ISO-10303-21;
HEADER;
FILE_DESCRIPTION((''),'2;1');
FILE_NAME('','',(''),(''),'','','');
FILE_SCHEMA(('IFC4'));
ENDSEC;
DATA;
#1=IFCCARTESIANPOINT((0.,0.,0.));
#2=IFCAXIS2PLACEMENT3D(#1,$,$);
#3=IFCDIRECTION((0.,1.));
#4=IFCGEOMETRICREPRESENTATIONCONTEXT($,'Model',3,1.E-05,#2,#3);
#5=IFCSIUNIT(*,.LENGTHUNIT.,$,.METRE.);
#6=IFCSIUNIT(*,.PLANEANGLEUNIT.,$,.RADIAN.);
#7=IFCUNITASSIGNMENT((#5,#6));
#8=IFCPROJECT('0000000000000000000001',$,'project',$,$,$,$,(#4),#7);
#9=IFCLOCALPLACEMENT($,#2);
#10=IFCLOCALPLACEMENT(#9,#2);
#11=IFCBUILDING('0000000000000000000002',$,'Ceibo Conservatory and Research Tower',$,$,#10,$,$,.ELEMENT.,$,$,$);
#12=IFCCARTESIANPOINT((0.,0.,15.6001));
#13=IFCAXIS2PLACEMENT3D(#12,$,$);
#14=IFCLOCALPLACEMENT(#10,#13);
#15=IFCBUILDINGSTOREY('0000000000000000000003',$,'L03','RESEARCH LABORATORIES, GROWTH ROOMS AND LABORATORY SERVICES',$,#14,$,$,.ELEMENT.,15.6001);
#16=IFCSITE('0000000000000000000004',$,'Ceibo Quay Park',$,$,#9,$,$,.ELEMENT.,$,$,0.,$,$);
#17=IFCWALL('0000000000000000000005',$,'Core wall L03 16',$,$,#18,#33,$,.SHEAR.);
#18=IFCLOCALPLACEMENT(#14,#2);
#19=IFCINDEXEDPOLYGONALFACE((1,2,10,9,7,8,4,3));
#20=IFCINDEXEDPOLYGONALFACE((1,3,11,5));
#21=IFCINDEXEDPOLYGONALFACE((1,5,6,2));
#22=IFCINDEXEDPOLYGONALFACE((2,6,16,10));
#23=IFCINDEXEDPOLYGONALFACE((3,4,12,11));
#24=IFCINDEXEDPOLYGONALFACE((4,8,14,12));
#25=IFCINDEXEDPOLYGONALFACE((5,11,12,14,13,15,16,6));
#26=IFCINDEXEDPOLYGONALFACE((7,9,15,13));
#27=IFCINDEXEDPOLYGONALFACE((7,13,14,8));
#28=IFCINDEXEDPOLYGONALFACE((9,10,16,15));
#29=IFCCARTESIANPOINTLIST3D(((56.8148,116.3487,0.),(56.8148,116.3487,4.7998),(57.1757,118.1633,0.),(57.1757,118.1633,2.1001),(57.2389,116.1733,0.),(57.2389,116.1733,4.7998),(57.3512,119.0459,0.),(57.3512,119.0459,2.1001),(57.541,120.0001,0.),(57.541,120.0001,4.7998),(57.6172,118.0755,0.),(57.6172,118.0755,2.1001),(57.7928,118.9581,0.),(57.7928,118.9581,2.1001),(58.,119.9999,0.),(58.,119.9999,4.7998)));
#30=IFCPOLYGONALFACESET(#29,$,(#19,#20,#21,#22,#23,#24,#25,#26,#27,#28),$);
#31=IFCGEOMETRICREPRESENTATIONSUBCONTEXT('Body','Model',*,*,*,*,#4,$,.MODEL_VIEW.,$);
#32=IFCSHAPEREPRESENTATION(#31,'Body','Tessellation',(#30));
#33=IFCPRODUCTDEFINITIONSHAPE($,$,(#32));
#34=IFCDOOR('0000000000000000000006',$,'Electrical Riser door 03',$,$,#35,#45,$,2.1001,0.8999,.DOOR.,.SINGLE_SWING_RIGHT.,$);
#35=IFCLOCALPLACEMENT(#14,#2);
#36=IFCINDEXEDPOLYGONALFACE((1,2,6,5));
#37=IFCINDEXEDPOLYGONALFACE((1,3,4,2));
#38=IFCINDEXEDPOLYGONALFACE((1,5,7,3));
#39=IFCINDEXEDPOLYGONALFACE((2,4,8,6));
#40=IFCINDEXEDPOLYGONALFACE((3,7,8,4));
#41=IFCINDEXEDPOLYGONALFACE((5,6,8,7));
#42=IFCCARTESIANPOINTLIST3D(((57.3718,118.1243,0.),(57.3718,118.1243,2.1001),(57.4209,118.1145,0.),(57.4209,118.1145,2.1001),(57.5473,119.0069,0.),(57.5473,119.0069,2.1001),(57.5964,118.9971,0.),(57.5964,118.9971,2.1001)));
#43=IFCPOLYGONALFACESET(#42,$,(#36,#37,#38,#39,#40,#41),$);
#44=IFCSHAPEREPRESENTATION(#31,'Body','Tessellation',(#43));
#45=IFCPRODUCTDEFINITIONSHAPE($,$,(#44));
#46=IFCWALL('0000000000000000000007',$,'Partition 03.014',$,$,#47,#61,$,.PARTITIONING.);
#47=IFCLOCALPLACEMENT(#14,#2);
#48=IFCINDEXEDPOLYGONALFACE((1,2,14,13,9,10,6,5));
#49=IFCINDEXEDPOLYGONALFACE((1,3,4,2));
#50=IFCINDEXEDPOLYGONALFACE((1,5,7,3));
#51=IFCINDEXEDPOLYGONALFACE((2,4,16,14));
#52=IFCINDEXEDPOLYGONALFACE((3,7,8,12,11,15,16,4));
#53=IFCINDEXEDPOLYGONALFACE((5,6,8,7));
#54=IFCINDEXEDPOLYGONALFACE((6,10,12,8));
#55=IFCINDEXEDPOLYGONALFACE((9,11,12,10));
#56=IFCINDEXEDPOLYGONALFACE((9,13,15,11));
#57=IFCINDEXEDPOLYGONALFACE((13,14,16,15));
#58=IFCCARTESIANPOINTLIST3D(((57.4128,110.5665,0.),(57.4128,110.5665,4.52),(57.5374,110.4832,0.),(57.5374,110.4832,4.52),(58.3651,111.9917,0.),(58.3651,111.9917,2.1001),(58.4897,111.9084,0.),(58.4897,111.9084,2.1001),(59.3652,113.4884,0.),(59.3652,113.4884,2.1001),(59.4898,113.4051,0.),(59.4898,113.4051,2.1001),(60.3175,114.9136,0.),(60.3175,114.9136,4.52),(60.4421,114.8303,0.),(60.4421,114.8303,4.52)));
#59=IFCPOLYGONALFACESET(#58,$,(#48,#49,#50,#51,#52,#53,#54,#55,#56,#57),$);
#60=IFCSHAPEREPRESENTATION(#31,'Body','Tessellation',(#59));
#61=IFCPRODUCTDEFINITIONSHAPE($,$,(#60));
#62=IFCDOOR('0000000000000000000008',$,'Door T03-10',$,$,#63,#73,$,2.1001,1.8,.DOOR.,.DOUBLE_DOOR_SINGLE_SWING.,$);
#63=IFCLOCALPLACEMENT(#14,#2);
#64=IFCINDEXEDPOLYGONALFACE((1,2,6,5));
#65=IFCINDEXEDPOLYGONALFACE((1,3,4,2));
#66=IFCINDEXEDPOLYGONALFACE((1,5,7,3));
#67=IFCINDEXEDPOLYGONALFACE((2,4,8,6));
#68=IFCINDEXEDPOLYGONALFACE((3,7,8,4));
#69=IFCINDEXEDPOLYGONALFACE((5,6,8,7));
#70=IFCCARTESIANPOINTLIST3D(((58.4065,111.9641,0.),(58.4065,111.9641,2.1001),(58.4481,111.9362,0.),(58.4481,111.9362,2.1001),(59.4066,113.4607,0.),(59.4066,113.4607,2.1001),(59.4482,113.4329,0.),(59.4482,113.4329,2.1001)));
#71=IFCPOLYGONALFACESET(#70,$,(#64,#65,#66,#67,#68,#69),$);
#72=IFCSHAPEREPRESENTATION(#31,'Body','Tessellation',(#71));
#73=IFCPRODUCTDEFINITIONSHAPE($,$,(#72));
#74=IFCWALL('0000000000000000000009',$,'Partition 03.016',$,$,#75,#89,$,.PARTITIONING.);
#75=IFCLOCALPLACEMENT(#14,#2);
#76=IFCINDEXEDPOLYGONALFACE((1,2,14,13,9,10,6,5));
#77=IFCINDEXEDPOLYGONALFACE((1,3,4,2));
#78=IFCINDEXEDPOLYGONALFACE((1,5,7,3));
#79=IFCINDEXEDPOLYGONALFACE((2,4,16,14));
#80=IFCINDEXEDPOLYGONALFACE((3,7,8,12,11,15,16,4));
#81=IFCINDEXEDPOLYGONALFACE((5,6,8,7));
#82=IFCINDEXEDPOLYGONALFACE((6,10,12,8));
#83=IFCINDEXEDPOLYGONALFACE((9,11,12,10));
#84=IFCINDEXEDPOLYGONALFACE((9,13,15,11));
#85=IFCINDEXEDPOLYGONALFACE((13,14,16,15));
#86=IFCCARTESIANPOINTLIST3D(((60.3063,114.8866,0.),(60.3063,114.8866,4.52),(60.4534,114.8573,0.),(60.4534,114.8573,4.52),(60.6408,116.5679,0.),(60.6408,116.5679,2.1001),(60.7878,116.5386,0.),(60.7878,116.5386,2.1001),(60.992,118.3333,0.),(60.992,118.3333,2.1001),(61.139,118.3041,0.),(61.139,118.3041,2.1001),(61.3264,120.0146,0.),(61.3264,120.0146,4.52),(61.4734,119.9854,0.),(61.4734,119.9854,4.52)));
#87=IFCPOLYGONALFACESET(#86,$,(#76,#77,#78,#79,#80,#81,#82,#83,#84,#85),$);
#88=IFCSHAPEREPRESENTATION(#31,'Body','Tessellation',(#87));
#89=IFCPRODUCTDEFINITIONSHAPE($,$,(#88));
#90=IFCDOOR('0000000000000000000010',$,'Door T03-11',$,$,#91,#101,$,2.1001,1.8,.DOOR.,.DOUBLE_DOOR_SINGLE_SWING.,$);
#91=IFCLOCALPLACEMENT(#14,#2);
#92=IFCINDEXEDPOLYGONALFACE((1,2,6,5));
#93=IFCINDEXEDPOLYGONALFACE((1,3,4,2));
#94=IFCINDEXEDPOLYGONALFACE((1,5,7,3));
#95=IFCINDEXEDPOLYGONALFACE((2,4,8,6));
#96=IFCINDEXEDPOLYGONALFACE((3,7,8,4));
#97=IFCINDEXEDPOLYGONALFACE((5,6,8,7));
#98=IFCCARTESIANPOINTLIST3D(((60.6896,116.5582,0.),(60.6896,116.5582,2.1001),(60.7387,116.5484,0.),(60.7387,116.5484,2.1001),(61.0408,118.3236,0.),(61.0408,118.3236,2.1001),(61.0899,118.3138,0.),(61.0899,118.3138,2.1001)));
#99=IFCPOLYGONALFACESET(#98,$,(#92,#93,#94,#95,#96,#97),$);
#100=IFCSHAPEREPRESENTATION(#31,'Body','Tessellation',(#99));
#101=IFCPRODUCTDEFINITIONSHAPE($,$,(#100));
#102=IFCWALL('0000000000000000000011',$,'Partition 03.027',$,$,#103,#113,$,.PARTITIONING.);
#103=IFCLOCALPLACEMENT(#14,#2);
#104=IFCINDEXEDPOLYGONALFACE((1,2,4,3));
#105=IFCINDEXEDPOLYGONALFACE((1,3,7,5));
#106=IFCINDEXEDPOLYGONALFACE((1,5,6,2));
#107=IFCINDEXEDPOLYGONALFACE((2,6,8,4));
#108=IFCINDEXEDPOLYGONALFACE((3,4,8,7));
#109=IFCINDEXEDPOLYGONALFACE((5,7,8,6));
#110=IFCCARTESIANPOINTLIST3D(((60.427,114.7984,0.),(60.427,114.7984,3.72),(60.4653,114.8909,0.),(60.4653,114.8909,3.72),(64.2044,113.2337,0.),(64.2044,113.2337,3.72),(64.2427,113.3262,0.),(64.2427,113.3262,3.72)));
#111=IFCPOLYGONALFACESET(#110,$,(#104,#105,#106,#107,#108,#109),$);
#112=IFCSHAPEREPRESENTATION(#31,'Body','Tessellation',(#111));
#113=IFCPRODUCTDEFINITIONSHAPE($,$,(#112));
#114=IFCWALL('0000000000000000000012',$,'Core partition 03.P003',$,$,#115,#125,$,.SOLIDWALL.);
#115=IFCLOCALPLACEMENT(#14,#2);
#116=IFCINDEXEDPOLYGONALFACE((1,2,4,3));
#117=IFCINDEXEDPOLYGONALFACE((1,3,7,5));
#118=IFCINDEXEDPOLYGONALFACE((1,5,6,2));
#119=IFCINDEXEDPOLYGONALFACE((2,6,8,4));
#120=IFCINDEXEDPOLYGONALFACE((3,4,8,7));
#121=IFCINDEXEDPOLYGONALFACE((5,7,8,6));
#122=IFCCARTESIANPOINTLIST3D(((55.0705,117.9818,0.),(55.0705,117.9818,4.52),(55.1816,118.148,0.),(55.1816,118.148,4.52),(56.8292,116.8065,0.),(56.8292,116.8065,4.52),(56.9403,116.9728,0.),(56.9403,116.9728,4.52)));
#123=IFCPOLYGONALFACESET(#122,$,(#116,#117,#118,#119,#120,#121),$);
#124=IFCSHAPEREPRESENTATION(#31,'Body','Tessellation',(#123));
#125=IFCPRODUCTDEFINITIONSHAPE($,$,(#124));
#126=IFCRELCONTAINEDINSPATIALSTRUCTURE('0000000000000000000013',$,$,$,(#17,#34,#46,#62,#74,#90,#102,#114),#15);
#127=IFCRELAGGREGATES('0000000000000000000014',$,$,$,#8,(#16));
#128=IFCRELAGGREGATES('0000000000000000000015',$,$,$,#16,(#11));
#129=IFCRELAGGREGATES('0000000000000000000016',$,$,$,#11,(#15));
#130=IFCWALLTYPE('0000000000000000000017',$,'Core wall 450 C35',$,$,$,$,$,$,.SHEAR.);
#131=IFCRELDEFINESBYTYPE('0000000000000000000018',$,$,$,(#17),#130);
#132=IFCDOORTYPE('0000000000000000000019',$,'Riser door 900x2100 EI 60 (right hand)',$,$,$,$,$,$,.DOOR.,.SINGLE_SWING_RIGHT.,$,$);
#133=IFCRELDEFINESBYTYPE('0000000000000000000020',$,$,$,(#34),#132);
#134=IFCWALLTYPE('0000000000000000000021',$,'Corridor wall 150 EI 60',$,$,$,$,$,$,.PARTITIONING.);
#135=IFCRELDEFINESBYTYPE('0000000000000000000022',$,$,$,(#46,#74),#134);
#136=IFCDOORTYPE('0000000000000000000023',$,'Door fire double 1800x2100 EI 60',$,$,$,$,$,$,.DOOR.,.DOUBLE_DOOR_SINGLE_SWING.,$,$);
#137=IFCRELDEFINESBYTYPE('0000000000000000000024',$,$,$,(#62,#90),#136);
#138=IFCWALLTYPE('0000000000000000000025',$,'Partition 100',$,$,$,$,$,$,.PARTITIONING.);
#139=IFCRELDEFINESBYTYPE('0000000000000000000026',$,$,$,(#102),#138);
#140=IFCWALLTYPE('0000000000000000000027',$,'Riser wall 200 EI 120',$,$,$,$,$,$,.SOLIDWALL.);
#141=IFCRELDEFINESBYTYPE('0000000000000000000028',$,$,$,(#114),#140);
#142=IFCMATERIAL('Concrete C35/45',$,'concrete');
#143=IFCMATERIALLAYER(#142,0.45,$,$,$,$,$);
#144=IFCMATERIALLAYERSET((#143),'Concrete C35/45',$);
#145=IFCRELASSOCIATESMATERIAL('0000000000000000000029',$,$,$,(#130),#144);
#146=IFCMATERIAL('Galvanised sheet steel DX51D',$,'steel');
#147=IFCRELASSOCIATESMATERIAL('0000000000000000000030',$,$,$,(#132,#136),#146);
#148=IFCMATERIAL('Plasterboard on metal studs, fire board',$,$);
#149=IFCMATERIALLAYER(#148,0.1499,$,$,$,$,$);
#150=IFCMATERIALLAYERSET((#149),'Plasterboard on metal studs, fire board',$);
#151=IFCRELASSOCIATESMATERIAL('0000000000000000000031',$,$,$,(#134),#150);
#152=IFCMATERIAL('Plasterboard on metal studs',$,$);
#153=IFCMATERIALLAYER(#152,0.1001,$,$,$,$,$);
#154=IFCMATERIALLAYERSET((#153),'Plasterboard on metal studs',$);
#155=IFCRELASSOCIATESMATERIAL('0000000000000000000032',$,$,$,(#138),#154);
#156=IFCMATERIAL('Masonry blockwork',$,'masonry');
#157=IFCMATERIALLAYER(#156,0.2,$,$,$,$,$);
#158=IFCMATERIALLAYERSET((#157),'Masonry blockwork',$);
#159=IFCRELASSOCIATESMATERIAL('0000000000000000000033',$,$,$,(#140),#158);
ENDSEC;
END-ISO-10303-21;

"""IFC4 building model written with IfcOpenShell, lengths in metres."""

from ifc_helpers import new_model, si_unit, direction, frame, frame_2d, origin, place, context, subcontext, project, spatial, polyline, rectangle, outline, extrude, material, layer, layer_set, type_object, element, fill, save


model = new_model("IFC4")

# Units and contexts
model_context = context("Model", 3, precision=1e-05, world=origin(), true_north=direction((0.0, 1.0)))
body_context = subcontext(model_context, "Body", "Model", "MODEL_VIEW")
ifc_project = project(units=[si_unit("LENGTHUNIT", "METRE"), si_unit("PLANEANGLEUNIT", "RADIAN")], contexts=[model_context])

# Site, building, storey
site_placement = place(None, origin())
site = spatial("IfcSite", under=ifc_project, at=site_placement, Name="Ceibo Quay Park", CompositionType="ELEMENT", RefElevation=0.0)
building_placement = place(site_placement, origin())
building = spatial("IfcBuilding", under=site, at=building_placement, Name="Ceibo Conservatory and Research Tower", CompositionType="ELEMENT")
storey_placement = place(building_placement, frame((0.0, 0.0, 15.6001)))
storey = spatial("IfcBuildingStorey", under=building, at=storey_placement, Name="L03", Description="RESEARCH LABORATORIES, GROWTH ROOMS AND LABORATORY SERVICES", CompositionType="ELEMENT", Elevation=15.6001)

# Shared definitions
ifc_material_1 = material(Name="Concrete C35/45", Category="concrete")

# Walls, openings, doors
ifc_layer_1 = layer(ifc_material_1, 0.45)
ifc_layer_set_1 = layer_set([ifc_layer_1], Name="Concrete C35/45")
wall_type_1 = type_object("IfcWallType", Name="Core wall 450 C35", PredefinedType="SHEAR", material=ifc_layer_set_1)
ifc_material_2 = material(Name="Galvanised sheet steel DX51D", Category="steel")
door_type_1 = type_object("IfcDoorType", Name="Riser door 900x2100 EI 60 (right hand)", OperationType="SINGLE_SWING_RIGHT", PredefinedType="DOOR", material=ifc_material_2)
wall_1_placement = place(storey_placement, frame((57.0269, 116.261, 0.0), z_axis=(0.0, 0.0, 1.0), x_axis=(0.195069, 0.980789, 0.0)))
wall_1 = element("IfcWall", 1, at=wall_1_placement, inside=storey, type_object=wall_type_1, Name="Core wall L03 16", PredefinedType="SHEAR", context=body_context, shape_type="SweptSolid", body=[
    extrude(outline(polyline([(-0.0447, -0.2251), (3.8569, -0.2251), (3.7676, 0.2251), (0.0447, 0.2251), (-0.0447, -0.2251)])), origin(), (0.0, 0.0, 1.0), 4.7998),
])
opening_1_placement = place(wall_1_placement, frame((1.8948, 0.0, 0.0)))
opening_1 = element("IfcOpeningElement", 2, at=opening_1_placement, cuts=wall_1, PredefinedType="OPENING", context=body_context, shape_type="SweptSolid", body=[
    extrude(rectangle(XDim=0.8999, YDim=2.1001, at=frame_2d((0.45, 1.05))), frame((0.0, 0.2349, 0.0), z_axis=(0.0, -1.0, 0.0), x_axis=(1.0, 0.0, 0.0)), (0.0, 0.0, 1.0), 0.47),
])
door_1_placement = place(opening_1_placement, frame((0.8999, 0.0, 0.0), z_axis=(0.0, 0.0, 1.0), x_axis=(-1.0, 0.0, 0.0)))
door_1 = element("IfcDoor", 3, at=door_1_placement, inside=storey, type_object=door_type_1, Name="Electrical Riser door 03", OperationType="SINGLE_SWING_RIGHT", OverallHeight=2.1001, OverallWidth=0.8999, PredefinedType="DOOR", context=body_context, shape_type="SweptSolid", body=[
    extrude(rectangle(XDim=0.8999, YDim=2.1001, at=frame_2d((0.45, 1.05))), frame((0.0, 0.0249, 0.0), z_axis=(0.0, -1.0, 0.0), x_axis=(1.0, 0.0, 0.0)), (0.0, 0.0, 1.0), 0.05),
])
fill(opening_1, door_1)
ifc_material_3 = material(Name="Plasterboard on metal studs, fire board")
ifc_layer_2 = layer(ifc_material_3, 0.1499)
ifc_layer_set_2 = layer_set([ifc_layer_2], Name="Plasterboard on metal studs, fire board")
wall_type_2 = type_object("IfcWallType", Name="Corridor wall 150 EI 60", PredefinedType="PARTITIONING", material=ifc_layer_set_2)
wall_2_placement = place(storey_placement, frame((60.3799, 114.8721, 0.0), z_axis=(0.0, 0.0, 1.0), x_axis=(-0.555584, -0.831461, 0.0)))
wall_2 = element("IfcWall", 4, at=wall_2_placement, inside=storey, type_object=wall_type_2, Name="Partition 03.014", PredefinedType="PARTITIONING", context=body_context, shape_type="SweptSolid", body=[
    extrude(rectangle(XDim=5.2283, YDim=0.1499, at=frame_2d((2.6143, 0.0))), origin(), (0.0, 0.0, 1.0), 4.52),
])
opening_2_placement = place(wall_2_placement, frame((1.7144, 0.0, 0.0)))
opening_2 = element("IfcOpeningElement", 5, at=opening_2_placement, cuts=wall_2, PredefinedType="OPENING", context=body_context, shape_type="SweptSolid", body=[
    extrude(rectangle(XDim=1.8, YDim=2.1001, at=frame_2d((0.8999, 1.05))), frame((0.0, 0.085, 0.0), z_axis=(0.0, -1.0, 0.0), x_axis=(1.0, 0.0, 0.0)), (0.0, 0.0, 1.0), 0.1699),
])
door_type_2 = type_object("IfcDoorType", Name="Door fire double 1800x2100 EI 60", OperationType="DOUBLE_DOOR_SINGLE_SWING", PredefinedType="DOOR", material=ifc_material_2)
door_2_placement = place(opening_2_placement, origin())
door_2 = element("IfcDoor", 6, at=door_2_placement, inside=storey, type_object=door_type_2, Name="Door T03-10", OperationType="DOUBLE_DOOR_SINGLE_SWING", OverallHeight=2.1001, OverallWidth=1.8, PredefinedType="DOOR", context=body_context, shape_type="SweptSolid", body=[
    extrude(rectangle(XDim=1.8, YDim=2.1001, at=frame_2d((0.8999, 1.05))), frame((0.0, 0.0249, 0.0), z_axis=(0.0, -1.0, 0.0), x_axis=(1.0, 0.0, 0.0)), (0.0, 0.0, 1.0), 0.05),
])
fill(opening_2, door_2)
wall_3_placement = place(storey_placement, frame((61.3999, 120.0, 0.0), z_axis=(0.0, 0.0, 1.0), x_axis=(-0.195092, -0.980785, 0.0)))
wall_3 = element("IfcWall", 7, at=wall_3_placement, inside=storey, type_object=wall_type_2, Name="Partition 03.016", PredefinedType="PARTITIONING", context=body_context, shape_type="SweptSolid", body=[
    extrude(rectangle(XDim=5.2285, YDim=0.1499, at=frame_2d((2.6143, 0.0))), origin(), (0.0, 0.0, 1.0), 4.52),
])
opening_3_placement = place(wall_3_placement, frame((1.7144, 0.0, 0.0)))
opening_3 = element("IfcOpeningElement", 8, at=opening_3_placement, cuts=wall_3, PredefinedType="OPENING", context=body_context, shape_type="SweptSolid", body=[
    extrude(rectangle(XDim=1.8, YDim=2.1001, at=frame_2d((0.8999, 1.05))), frame((0.0, 0.085, 0.0), z_axis=(0.0, -1.0, 0.0), x_axis=(1.0, 0.0, 0.0)), (0.0, 0.0, 1.0), 0.1699),
])
door_3_placement = place(opening_3_placement, origin())
door_3 = element("IfcDoor", 9, at=door_3_placement, inside=storey, type_object=door_type_2, Name="Door T03-11", OperationType="DOUBLE_DOOR_SINGLE_SWING", OverallHeight=2.1001, OverallWidth=1.8, PredefinedType="DOOR", context=body_context, shape_type="SweptSolid", body=[
    extrude(rectangle(XDim=1.8, YDim=2.1001, at=frame_2d((0.8999, 1.05))), frame((0.0, 0.0249, 0.0), z_axis=(0.0, -1.0, 0.0), x_axis=(1.0, 0.0, 0.0)), (0.0, 0.0, 1.0), 0.05),
])
fill(opening_3, door_3)

# Walls
ifc_material_4 = material(Name="Plasterboard on metal studs")
ifc_layer_3 = layer(ifc_material_4, 0.1001)
ifc_layer_set_3 = layer_set([ifc_layer_3], Name="Plasterboard on metal studs")
wall_type_3 = type_object("IfcWallType", Name="Partition 100", PredefinedType="PARTITIONING", material=ifc_layer_set_3)
wall_4_placement = place(storey_placement, frame((60.446, 114.8447, 0.0), z_axis=(0.0, 0.0, 1.0), x_axis=(0.923873, -0.382698, 0.0)))
element("IfcWall", 10, at=wall_4_placement, inside=storey, type_object=wall_type_3, Name="Partition 03.027", PredefinedType="PARTITIONING", context=body_context, shape_type="SweptSolid", body=[
    extrude(rectangle(XDim=4.0886, YDim=0.1001, at=frame_2d((2.0444, 0.0))), origin(), (0.0, 0.0, 1.0), 3.72),
])
ifc_material_5 = material(Name="Masonry blockwork", Category="masonry")
ifc_layer_4 = layer(ifc_material_5, 0.2)
ifc_layer_set_4 = layer_set([ifc_layer_4], Name="Masonry blockwork")
wall_type_4 = type_object("IfcWallType", Name="Riser wall 200 EI 120", PredefinedType="SOLIDWALL", material=ifc_layer_set_4)
wall_5_placement = place(storey_placement, frame((56.8848, 116.8896, 0.0), z_axis=(0.0, 0.0, 1.0), x_axis=(-0.831446, 0.555605, 0.0)))
element("IfcWall", 11, at=wall_5_placement, inside=storey, type_object=wall_type_4, Name="Core partition 03.P003", PredefinedType="SOLIDWALL", context=body_context, shape_type="SweptSolid", body=[
    extrude(rectangle(XDim=2.1152, YDim=0.2, at=frame_2d((1.0576, 0.0))), origin(), (0.0, 0.0, 1.0), 4.52),
])

save(model, "model.ifc")
